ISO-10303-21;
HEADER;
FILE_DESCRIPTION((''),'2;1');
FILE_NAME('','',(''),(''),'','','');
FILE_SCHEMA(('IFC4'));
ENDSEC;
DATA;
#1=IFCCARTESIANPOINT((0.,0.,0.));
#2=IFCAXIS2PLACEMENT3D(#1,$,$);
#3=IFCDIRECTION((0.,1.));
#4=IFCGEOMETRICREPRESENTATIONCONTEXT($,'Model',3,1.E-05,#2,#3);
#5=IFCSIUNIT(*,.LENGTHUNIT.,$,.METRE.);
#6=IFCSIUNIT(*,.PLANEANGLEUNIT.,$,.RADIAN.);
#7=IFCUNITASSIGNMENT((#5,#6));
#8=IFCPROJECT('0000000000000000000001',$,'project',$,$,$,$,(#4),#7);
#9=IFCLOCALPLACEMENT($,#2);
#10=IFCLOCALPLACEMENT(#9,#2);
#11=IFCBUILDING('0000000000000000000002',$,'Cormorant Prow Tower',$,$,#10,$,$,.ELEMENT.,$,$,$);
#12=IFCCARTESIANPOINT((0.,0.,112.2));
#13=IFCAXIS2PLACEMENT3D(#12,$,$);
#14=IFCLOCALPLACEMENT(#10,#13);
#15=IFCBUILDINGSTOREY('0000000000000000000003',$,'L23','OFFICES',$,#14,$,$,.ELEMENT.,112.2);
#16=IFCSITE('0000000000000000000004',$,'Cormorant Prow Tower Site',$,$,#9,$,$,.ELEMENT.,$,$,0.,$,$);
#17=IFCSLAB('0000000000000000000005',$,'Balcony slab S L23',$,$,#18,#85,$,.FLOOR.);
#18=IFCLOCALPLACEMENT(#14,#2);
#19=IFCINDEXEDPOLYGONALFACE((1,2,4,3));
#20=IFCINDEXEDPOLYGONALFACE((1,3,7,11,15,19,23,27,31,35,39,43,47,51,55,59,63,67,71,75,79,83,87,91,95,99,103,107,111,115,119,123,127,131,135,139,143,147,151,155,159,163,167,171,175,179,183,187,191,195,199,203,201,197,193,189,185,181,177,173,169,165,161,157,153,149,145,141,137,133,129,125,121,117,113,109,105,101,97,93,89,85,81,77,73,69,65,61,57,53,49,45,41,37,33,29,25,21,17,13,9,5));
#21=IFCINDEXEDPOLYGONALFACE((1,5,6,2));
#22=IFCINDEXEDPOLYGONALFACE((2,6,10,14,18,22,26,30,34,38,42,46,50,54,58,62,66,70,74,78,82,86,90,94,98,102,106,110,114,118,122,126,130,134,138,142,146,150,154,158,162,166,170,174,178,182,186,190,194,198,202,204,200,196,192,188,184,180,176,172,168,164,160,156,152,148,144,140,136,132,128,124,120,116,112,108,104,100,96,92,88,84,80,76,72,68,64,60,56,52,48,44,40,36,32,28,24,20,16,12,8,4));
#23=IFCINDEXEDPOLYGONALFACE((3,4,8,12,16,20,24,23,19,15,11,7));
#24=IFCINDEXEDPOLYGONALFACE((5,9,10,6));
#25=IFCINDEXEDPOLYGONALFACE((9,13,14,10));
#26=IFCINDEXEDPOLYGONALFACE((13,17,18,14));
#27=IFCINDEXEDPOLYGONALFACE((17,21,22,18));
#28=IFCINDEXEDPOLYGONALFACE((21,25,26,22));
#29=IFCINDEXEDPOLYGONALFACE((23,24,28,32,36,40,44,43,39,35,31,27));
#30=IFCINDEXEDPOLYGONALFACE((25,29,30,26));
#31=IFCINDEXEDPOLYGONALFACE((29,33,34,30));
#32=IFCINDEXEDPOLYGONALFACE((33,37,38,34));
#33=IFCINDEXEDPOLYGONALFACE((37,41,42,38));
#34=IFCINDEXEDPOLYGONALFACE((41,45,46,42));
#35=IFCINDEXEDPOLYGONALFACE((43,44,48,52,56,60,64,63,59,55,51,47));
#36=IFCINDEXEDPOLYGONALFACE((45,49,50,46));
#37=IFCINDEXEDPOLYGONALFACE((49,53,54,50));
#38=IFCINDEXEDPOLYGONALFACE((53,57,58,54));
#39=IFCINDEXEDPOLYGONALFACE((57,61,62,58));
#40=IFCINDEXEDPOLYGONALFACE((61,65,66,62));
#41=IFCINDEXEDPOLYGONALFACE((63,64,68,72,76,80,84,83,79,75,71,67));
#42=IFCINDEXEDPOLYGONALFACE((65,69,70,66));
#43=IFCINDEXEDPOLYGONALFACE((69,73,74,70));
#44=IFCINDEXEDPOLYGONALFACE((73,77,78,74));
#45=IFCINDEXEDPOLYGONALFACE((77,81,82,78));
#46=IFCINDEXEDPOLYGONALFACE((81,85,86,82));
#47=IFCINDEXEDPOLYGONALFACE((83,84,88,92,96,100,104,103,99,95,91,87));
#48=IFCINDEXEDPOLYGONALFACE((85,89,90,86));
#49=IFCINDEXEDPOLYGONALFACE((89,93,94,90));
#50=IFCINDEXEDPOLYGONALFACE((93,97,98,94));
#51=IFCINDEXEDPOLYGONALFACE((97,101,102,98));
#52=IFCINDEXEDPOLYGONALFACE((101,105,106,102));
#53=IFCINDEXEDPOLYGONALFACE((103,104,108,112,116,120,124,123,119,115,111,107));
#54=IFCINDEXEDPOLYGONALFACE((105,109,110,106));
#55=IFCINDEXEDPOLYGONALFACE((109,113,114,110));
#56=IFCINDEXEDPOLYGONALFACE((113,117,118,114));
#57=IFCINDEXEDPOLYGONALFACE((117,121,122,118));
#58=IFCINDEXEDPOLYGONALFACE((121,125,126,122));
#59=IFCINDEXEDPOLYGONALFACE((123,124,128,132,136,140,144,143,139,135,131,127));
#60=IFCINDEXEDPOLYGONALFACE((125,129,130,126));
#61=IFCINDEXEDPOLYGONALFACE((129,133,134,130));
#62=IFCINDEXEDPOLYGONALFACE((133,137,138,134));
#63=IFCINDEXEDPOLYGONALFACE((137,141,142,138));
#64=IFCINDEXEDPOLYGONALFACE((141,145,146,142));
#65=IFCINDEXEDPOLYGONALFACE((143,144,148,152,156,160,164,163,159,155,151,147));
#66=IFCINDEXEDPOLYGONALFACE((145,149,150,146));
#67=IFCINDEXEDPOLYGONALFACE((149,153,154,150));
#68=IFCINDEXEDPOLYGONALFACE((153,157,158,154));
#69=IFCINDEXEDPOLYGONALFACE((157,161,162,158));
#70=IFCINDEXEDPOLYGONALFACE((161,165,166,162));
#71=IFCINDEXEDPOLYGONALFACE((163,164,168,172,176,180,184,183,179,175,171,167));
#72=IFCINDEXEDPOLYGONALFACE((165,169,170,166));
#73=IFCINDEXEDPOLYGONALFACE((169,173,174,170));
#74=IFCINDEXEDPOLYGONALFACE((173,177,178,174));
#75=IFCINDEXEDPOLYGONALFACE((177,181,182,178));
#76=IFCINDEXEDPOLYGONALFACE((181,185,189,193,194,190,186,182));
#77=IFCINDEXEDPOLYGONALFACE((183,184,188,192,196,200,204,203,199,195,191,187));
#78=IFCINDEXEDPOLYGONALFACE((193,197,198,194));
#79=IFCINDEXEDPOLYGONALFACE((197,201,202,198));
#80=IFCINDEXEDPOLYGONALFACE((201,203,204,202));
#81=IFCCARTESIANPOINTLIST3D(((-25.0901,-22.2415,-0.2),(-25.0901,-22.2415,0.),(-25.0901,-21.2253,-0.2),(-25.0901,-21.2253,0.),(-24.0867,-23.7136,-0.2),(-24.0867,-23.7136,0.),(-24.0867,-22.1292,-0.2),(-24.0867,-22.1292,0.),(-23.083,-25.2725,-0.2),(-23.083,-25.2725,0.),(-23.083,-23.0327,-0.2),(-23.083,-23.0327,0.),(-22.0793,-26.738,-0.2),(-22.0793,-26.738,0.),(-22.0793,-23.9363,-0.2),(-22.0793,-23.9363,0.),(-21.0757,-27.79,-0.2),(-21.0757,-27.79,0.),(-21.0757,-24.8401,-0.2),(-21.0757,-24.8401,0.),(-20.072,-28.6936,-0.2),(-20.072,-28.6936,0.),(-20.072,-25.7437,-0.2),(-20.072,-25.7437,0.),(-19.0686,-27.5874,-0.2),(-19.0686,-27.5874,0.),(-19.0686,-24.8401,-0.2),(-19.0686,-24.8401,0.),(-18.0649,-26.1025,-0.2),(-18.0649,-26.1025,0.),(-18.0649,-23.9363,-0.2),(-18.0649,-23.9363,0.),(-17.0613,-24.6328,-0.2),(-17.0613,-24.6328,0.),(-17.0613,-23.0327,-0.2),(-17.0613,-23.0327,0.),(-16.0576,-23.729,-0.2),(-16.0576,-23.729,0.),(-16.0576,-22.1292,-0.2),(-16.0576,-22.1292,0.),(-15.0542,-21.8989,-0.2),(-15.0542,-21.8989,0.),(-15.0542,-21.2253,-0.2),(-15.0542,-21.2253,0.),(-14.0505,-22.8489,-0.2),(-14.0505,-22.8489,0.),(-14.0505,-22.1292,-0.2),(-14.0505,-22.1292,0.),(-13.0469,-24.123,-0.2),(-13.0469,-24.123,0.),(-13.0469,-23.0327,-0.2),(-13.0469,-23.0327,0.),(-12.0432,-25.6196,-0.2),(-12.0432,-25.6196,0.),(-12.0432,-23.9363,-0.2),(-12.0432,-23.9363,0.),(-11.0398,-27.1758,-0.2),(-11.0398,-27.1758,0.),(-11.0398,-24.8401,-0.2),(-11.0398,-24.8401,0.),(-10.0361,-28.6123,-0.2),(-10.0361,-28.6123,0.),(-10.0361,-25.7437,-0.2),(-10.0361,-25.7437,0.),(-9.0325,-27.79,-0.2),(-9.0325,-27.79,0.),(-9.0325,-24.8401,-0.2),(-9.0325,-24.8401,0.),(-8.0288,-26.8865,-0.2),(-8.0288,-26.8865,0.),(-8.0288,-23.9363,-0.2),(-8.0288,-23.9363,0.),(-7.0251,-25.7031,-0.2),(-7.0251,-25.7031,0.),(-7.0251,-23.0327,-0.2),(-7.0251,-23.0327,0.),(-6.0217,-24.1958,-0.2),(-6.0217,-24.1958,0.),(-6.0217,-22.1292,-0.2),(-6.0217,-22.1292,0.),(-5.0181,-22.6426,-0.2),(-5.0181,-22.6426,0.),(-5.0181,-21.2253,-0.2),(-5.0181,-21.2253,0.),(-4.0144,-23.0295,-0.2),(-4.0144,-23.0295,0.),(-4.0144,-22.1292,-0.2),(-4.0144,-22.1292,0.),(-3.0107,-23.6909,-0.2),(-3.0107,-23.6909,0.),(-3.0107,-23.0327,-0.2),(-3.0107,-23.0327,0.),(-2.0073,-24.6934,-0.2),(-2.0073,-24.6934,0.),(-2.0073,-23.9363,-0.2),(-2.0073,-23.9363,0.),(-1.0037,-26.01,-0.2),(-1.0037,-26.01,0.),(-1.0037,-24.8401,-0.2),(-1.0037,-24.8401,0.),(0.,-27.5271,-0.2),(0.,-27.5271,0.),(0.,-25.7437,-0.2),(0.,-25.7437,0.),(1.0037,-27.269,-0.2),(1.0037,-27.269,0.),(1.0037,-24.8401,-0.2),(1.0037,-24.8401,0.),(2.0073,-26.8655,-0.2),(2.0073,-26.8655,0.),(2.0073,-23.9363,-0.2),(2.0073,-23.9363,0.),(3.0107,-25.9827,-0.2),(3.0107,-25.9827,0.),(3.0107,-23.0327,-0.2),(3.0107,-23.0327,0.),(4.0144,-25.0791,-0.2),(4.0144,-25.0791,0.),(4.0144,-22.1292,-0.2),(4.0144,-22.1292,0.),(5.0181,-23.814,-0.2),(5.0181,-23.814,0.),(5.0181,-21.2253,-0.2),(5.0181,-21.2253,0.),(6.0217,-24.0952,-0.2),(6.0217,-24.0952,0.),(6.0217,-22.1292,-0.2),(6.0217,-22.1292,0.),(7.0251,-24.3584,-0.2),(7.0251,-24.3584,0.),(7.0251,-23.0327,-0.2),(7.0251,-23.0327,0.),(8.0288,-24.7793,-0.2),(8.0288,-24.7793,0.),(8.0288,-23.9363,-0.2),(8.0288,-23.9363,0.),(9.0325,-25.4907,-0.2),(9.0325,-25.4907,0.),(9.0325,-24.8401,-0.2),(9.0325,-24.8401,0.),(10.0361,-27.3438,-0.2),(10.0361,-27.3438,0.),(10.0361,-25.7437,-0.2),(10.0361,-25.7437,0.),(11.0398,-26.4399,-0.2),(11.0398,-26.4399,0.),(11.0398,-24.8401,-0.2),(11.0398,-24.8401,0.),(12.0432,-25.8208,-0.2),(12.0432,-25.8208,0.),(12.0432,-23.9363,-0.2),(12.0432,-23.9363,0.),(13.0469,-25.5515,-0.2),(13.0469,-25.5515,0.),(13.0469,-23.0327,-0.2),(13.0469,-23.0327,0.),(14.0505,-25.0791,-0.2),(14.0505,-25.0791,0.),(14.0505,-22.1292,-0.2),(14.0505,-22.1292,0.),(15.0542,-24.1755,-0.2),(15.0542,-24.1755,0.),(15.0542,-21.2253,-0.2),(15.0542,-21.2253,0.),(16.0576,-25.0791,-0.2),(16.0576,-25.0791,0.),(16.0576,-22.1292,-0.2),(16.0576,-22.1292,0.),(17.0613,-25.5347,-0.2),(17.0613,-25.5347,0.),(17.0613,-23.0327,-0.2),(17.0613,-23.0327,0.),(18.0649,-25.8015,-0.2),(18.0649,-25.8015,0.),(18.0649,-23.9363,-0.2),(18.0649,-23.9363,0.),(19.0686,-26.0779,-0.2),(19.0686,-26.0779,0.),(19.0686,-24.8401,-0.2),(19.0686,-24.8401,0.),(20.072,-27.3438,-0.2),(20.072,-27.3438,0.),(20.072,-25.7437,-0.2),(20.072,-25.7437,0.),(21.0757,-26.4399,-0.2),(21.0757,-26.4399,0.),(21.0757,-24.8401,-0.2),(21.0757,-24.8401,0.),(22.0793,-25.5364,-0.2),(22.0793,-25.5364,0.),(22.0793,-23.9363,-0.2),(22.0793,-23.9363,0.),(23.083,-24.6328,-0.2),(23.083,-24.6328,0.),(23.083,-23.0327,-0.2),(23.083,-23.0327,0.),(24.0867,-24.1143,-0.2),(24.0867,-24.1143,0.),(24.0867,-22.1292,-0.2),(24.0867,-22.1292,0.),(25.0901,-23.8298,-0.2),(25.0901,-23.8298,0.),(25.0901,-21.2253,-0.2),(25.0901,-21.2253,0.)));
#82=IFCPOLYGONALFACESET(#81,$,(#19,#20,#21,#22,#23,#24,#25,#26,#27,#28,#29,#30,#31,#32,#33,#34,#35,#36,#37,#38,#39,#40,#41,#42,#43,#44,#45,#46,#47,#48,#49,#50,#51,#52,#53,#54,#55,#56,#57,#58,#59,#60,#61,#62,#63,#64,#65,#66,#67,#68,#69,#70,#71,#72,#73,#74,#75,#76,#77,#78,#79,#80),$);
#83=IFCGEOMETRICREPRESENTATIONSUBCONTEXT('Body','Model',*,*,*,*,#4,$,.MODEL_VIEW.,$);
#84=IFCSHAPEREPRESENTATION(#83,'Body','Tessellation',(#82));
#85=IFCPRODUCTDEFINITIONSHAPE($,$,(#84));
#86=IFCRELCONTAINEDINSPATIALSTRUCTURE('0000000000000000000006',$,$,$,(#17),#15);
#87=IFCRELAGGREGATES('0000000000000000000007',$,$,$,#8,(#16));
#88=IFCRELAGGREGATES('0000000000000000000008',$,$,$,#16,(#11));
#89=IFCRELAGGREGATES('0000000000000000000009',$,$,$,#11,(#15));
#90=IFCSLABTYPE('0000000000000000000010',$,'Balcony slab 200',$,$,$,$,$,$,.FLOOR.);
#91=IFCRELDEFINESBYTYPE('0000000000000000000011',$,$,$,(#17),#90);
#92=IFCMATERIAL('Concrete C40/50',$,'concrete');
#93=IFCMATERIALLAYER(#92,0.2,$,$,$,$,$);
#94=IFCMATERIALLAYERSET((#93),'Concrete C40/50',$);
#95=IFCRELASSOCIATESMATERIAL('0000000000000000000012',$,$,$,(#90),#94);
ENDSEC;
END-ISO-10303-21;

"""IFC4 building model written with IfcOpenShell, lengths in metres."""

from ifc_helpers import new_model, si_unit, direction, frame, origin, place, context, subcontext, project, spatial, polyline, outline, extrude, material, layer, layer_set, type_object, element, save


model = new_model("IFC4")

# Units and contexts
model_context = context("Model", 3, precision=1e-05, world=origin(), true_north=direction((0.0, 1.0)))
body_context = subcontext(model_context, "Body", "Model", "MODEL_VIEW")
ifc_project = project(units=[si_unit("LENGTHUNIT", "METRE"), si_unit("PLANEANGLEUNIT", "RADIAN")], contexts=[model_context])

# Site, building, storey
site_placement = place(None, origin())
site = spatial("IfcSite", under=ifc_project, at=site_placement, Name="Cormorant Prow Tower Site", CompositionType="ELEMENT", RefElevation=0.0)
building_placement = place(site_placement, origin())
building = spatial("IfcBuilding", under=site, at=building_placement, Name="Cormorant Prow Tower", CompositionType="ELEMENT")
storey_placement = place(building_placement, frame((0.0, 0.0, 112.2)))
storey = spatial("IfcBuildingStorey", under=building, at=storey_placement, Name="L23", Description="OFFICES", CompositionType="ELEMENT", Elevation=112.2)

# Slab
ifc_material_1 = material(Name="Concrete C40/50", Category="concrete")
ifc_layer_1 = layer(ifc_material_1, 0.2)
ifc_layer_set_1 = layer_set([ifc_layer_1], Name="Concrete C40/50")
slab_type_1 = type_object("IfcSlabType", Name="Balcony slab 200", PredefinedType="FLOOR", material=ifc_layer_set_1)
slab_1_placement = place(storey_placement, frame((0.0, 0.0, -0.2)))
element("IfcSlab", 1, at=slab_1_placement, inside=storey, type_object=slab_type_1, Name="Balcony slab S L23", PredefinedType="FLOOR", context=body_context, shape_type="SweptSolid", body=[
    extrude(outline(polyline([(-25.0901, -21.2253), (-25.0901, -22.2415), (-24.0867, -23.7136), (-23.083, -25.2725), (-22.0793, -26.738), (-21.0757, -27.79), (-20.072, -28.6936), (-19.0686, -27.5874), (-18.0649, -26.1025), (-17.0613, -24.6328), (-16.0576, -23.729), (-15.0542, -21.8989), (-14.0505, -22.8489), (-13.0469, -24.123), (-12.0432, -25.6196), (-11.0398, -27.1758), (-10.0361, -28.6123), (-9.0325, -27.79), (-8.0288, -26.8865), (-7.0251, -25.7031), (-6.0217, -24.1958), (-5.0181, -22.6426), (-4.0144, -23.0295), (-3.0107, -23.6909), (-2.0073, -24.6934), (-1.0037, -26.01), (0.0, -27.5271), (1.0037, -27.269), (2.0073, -26.8655), (3.0107, -25.9827), (4.0144, -25.0791), (5.0181, -23.814), (6.0217, -24.0952), (7.0251, -24.3584), (8.0288, -24.7793), (9.0325, -25.4907), (10.0361, -27.3438), (11.0398, -26.4399), (12.0432, -25.8208), (13.0469, -25.5515), (14.0505, -25.0791), (15.0542, -24.1755), (16.0576, -25.0791), (17.0613, -25.5347), (18.0649, -25.8015), (19.0686, -26.0779), (20.072, -27.3438), (21.0757, -26.4399), (22.0793, -25.5364), (23.083, -24.6328), (24.0867, -24.1143), (25.0901, -23.8298), (25.0901, -21.2253), (24.0867, -22.1292), (23.083, -23.0327), (22.0793, -23.9363), (21.0757, -24.8401), (20.072, -25.7437), (19.0686, -24.8401), (18.0649, -23.9363), (17.0613, -23.0327), (16.0576, -22.1292), (15.0542, -21.2253), (14.0505, -22.1292), (13.0469, -23.0327), (12.0432, -23.9363), (11.0398, -24.8401), (10.0361, -25.7437), (9.0325, -24.8401), (8.0288, -23.9363), (7.0251, -23.0327), (6.0217, -22.1292), (5.0181, -21.2253), (4.0144, -22.1292), (3.0107, -23.0327), (2.0073, -23.9363), (1.0037, -24.8401), (0.0, -25.7437), (-1.0037, -24.8401), (-2.0073, -23.9363), (-3.0107, -23.0327), (-4.0144, -22.1292), (-5.0181, -21.2253), (-6.0217, -22.1292), (-7.0251, -23.0327), (-8.0288, -23.9363), (-9.0325, -24.8401), (-10.0361, -25.7437), (-11.0398, -24.8401), (-12.0432, -23.9363), (-13.0469, -23.0327), (-14.0505, -22.1292), (-15.0542, -21.2253), (-16.0576, -22.1292), (-17.0613, -23.0327), (-18.0649, -23.9363), (-19.0686, -24.8401), (-20.072, -25.7437), (-21.0757, -24.8401), (-22.0793, -23.9363), (-23.083, -23.0327), (-24.0867, -22.1292), (-25.0901, -21.2253)])), origin(), (0.0, 0.0, 1.0), 0.2),
])

save(model, "model.ifc")
